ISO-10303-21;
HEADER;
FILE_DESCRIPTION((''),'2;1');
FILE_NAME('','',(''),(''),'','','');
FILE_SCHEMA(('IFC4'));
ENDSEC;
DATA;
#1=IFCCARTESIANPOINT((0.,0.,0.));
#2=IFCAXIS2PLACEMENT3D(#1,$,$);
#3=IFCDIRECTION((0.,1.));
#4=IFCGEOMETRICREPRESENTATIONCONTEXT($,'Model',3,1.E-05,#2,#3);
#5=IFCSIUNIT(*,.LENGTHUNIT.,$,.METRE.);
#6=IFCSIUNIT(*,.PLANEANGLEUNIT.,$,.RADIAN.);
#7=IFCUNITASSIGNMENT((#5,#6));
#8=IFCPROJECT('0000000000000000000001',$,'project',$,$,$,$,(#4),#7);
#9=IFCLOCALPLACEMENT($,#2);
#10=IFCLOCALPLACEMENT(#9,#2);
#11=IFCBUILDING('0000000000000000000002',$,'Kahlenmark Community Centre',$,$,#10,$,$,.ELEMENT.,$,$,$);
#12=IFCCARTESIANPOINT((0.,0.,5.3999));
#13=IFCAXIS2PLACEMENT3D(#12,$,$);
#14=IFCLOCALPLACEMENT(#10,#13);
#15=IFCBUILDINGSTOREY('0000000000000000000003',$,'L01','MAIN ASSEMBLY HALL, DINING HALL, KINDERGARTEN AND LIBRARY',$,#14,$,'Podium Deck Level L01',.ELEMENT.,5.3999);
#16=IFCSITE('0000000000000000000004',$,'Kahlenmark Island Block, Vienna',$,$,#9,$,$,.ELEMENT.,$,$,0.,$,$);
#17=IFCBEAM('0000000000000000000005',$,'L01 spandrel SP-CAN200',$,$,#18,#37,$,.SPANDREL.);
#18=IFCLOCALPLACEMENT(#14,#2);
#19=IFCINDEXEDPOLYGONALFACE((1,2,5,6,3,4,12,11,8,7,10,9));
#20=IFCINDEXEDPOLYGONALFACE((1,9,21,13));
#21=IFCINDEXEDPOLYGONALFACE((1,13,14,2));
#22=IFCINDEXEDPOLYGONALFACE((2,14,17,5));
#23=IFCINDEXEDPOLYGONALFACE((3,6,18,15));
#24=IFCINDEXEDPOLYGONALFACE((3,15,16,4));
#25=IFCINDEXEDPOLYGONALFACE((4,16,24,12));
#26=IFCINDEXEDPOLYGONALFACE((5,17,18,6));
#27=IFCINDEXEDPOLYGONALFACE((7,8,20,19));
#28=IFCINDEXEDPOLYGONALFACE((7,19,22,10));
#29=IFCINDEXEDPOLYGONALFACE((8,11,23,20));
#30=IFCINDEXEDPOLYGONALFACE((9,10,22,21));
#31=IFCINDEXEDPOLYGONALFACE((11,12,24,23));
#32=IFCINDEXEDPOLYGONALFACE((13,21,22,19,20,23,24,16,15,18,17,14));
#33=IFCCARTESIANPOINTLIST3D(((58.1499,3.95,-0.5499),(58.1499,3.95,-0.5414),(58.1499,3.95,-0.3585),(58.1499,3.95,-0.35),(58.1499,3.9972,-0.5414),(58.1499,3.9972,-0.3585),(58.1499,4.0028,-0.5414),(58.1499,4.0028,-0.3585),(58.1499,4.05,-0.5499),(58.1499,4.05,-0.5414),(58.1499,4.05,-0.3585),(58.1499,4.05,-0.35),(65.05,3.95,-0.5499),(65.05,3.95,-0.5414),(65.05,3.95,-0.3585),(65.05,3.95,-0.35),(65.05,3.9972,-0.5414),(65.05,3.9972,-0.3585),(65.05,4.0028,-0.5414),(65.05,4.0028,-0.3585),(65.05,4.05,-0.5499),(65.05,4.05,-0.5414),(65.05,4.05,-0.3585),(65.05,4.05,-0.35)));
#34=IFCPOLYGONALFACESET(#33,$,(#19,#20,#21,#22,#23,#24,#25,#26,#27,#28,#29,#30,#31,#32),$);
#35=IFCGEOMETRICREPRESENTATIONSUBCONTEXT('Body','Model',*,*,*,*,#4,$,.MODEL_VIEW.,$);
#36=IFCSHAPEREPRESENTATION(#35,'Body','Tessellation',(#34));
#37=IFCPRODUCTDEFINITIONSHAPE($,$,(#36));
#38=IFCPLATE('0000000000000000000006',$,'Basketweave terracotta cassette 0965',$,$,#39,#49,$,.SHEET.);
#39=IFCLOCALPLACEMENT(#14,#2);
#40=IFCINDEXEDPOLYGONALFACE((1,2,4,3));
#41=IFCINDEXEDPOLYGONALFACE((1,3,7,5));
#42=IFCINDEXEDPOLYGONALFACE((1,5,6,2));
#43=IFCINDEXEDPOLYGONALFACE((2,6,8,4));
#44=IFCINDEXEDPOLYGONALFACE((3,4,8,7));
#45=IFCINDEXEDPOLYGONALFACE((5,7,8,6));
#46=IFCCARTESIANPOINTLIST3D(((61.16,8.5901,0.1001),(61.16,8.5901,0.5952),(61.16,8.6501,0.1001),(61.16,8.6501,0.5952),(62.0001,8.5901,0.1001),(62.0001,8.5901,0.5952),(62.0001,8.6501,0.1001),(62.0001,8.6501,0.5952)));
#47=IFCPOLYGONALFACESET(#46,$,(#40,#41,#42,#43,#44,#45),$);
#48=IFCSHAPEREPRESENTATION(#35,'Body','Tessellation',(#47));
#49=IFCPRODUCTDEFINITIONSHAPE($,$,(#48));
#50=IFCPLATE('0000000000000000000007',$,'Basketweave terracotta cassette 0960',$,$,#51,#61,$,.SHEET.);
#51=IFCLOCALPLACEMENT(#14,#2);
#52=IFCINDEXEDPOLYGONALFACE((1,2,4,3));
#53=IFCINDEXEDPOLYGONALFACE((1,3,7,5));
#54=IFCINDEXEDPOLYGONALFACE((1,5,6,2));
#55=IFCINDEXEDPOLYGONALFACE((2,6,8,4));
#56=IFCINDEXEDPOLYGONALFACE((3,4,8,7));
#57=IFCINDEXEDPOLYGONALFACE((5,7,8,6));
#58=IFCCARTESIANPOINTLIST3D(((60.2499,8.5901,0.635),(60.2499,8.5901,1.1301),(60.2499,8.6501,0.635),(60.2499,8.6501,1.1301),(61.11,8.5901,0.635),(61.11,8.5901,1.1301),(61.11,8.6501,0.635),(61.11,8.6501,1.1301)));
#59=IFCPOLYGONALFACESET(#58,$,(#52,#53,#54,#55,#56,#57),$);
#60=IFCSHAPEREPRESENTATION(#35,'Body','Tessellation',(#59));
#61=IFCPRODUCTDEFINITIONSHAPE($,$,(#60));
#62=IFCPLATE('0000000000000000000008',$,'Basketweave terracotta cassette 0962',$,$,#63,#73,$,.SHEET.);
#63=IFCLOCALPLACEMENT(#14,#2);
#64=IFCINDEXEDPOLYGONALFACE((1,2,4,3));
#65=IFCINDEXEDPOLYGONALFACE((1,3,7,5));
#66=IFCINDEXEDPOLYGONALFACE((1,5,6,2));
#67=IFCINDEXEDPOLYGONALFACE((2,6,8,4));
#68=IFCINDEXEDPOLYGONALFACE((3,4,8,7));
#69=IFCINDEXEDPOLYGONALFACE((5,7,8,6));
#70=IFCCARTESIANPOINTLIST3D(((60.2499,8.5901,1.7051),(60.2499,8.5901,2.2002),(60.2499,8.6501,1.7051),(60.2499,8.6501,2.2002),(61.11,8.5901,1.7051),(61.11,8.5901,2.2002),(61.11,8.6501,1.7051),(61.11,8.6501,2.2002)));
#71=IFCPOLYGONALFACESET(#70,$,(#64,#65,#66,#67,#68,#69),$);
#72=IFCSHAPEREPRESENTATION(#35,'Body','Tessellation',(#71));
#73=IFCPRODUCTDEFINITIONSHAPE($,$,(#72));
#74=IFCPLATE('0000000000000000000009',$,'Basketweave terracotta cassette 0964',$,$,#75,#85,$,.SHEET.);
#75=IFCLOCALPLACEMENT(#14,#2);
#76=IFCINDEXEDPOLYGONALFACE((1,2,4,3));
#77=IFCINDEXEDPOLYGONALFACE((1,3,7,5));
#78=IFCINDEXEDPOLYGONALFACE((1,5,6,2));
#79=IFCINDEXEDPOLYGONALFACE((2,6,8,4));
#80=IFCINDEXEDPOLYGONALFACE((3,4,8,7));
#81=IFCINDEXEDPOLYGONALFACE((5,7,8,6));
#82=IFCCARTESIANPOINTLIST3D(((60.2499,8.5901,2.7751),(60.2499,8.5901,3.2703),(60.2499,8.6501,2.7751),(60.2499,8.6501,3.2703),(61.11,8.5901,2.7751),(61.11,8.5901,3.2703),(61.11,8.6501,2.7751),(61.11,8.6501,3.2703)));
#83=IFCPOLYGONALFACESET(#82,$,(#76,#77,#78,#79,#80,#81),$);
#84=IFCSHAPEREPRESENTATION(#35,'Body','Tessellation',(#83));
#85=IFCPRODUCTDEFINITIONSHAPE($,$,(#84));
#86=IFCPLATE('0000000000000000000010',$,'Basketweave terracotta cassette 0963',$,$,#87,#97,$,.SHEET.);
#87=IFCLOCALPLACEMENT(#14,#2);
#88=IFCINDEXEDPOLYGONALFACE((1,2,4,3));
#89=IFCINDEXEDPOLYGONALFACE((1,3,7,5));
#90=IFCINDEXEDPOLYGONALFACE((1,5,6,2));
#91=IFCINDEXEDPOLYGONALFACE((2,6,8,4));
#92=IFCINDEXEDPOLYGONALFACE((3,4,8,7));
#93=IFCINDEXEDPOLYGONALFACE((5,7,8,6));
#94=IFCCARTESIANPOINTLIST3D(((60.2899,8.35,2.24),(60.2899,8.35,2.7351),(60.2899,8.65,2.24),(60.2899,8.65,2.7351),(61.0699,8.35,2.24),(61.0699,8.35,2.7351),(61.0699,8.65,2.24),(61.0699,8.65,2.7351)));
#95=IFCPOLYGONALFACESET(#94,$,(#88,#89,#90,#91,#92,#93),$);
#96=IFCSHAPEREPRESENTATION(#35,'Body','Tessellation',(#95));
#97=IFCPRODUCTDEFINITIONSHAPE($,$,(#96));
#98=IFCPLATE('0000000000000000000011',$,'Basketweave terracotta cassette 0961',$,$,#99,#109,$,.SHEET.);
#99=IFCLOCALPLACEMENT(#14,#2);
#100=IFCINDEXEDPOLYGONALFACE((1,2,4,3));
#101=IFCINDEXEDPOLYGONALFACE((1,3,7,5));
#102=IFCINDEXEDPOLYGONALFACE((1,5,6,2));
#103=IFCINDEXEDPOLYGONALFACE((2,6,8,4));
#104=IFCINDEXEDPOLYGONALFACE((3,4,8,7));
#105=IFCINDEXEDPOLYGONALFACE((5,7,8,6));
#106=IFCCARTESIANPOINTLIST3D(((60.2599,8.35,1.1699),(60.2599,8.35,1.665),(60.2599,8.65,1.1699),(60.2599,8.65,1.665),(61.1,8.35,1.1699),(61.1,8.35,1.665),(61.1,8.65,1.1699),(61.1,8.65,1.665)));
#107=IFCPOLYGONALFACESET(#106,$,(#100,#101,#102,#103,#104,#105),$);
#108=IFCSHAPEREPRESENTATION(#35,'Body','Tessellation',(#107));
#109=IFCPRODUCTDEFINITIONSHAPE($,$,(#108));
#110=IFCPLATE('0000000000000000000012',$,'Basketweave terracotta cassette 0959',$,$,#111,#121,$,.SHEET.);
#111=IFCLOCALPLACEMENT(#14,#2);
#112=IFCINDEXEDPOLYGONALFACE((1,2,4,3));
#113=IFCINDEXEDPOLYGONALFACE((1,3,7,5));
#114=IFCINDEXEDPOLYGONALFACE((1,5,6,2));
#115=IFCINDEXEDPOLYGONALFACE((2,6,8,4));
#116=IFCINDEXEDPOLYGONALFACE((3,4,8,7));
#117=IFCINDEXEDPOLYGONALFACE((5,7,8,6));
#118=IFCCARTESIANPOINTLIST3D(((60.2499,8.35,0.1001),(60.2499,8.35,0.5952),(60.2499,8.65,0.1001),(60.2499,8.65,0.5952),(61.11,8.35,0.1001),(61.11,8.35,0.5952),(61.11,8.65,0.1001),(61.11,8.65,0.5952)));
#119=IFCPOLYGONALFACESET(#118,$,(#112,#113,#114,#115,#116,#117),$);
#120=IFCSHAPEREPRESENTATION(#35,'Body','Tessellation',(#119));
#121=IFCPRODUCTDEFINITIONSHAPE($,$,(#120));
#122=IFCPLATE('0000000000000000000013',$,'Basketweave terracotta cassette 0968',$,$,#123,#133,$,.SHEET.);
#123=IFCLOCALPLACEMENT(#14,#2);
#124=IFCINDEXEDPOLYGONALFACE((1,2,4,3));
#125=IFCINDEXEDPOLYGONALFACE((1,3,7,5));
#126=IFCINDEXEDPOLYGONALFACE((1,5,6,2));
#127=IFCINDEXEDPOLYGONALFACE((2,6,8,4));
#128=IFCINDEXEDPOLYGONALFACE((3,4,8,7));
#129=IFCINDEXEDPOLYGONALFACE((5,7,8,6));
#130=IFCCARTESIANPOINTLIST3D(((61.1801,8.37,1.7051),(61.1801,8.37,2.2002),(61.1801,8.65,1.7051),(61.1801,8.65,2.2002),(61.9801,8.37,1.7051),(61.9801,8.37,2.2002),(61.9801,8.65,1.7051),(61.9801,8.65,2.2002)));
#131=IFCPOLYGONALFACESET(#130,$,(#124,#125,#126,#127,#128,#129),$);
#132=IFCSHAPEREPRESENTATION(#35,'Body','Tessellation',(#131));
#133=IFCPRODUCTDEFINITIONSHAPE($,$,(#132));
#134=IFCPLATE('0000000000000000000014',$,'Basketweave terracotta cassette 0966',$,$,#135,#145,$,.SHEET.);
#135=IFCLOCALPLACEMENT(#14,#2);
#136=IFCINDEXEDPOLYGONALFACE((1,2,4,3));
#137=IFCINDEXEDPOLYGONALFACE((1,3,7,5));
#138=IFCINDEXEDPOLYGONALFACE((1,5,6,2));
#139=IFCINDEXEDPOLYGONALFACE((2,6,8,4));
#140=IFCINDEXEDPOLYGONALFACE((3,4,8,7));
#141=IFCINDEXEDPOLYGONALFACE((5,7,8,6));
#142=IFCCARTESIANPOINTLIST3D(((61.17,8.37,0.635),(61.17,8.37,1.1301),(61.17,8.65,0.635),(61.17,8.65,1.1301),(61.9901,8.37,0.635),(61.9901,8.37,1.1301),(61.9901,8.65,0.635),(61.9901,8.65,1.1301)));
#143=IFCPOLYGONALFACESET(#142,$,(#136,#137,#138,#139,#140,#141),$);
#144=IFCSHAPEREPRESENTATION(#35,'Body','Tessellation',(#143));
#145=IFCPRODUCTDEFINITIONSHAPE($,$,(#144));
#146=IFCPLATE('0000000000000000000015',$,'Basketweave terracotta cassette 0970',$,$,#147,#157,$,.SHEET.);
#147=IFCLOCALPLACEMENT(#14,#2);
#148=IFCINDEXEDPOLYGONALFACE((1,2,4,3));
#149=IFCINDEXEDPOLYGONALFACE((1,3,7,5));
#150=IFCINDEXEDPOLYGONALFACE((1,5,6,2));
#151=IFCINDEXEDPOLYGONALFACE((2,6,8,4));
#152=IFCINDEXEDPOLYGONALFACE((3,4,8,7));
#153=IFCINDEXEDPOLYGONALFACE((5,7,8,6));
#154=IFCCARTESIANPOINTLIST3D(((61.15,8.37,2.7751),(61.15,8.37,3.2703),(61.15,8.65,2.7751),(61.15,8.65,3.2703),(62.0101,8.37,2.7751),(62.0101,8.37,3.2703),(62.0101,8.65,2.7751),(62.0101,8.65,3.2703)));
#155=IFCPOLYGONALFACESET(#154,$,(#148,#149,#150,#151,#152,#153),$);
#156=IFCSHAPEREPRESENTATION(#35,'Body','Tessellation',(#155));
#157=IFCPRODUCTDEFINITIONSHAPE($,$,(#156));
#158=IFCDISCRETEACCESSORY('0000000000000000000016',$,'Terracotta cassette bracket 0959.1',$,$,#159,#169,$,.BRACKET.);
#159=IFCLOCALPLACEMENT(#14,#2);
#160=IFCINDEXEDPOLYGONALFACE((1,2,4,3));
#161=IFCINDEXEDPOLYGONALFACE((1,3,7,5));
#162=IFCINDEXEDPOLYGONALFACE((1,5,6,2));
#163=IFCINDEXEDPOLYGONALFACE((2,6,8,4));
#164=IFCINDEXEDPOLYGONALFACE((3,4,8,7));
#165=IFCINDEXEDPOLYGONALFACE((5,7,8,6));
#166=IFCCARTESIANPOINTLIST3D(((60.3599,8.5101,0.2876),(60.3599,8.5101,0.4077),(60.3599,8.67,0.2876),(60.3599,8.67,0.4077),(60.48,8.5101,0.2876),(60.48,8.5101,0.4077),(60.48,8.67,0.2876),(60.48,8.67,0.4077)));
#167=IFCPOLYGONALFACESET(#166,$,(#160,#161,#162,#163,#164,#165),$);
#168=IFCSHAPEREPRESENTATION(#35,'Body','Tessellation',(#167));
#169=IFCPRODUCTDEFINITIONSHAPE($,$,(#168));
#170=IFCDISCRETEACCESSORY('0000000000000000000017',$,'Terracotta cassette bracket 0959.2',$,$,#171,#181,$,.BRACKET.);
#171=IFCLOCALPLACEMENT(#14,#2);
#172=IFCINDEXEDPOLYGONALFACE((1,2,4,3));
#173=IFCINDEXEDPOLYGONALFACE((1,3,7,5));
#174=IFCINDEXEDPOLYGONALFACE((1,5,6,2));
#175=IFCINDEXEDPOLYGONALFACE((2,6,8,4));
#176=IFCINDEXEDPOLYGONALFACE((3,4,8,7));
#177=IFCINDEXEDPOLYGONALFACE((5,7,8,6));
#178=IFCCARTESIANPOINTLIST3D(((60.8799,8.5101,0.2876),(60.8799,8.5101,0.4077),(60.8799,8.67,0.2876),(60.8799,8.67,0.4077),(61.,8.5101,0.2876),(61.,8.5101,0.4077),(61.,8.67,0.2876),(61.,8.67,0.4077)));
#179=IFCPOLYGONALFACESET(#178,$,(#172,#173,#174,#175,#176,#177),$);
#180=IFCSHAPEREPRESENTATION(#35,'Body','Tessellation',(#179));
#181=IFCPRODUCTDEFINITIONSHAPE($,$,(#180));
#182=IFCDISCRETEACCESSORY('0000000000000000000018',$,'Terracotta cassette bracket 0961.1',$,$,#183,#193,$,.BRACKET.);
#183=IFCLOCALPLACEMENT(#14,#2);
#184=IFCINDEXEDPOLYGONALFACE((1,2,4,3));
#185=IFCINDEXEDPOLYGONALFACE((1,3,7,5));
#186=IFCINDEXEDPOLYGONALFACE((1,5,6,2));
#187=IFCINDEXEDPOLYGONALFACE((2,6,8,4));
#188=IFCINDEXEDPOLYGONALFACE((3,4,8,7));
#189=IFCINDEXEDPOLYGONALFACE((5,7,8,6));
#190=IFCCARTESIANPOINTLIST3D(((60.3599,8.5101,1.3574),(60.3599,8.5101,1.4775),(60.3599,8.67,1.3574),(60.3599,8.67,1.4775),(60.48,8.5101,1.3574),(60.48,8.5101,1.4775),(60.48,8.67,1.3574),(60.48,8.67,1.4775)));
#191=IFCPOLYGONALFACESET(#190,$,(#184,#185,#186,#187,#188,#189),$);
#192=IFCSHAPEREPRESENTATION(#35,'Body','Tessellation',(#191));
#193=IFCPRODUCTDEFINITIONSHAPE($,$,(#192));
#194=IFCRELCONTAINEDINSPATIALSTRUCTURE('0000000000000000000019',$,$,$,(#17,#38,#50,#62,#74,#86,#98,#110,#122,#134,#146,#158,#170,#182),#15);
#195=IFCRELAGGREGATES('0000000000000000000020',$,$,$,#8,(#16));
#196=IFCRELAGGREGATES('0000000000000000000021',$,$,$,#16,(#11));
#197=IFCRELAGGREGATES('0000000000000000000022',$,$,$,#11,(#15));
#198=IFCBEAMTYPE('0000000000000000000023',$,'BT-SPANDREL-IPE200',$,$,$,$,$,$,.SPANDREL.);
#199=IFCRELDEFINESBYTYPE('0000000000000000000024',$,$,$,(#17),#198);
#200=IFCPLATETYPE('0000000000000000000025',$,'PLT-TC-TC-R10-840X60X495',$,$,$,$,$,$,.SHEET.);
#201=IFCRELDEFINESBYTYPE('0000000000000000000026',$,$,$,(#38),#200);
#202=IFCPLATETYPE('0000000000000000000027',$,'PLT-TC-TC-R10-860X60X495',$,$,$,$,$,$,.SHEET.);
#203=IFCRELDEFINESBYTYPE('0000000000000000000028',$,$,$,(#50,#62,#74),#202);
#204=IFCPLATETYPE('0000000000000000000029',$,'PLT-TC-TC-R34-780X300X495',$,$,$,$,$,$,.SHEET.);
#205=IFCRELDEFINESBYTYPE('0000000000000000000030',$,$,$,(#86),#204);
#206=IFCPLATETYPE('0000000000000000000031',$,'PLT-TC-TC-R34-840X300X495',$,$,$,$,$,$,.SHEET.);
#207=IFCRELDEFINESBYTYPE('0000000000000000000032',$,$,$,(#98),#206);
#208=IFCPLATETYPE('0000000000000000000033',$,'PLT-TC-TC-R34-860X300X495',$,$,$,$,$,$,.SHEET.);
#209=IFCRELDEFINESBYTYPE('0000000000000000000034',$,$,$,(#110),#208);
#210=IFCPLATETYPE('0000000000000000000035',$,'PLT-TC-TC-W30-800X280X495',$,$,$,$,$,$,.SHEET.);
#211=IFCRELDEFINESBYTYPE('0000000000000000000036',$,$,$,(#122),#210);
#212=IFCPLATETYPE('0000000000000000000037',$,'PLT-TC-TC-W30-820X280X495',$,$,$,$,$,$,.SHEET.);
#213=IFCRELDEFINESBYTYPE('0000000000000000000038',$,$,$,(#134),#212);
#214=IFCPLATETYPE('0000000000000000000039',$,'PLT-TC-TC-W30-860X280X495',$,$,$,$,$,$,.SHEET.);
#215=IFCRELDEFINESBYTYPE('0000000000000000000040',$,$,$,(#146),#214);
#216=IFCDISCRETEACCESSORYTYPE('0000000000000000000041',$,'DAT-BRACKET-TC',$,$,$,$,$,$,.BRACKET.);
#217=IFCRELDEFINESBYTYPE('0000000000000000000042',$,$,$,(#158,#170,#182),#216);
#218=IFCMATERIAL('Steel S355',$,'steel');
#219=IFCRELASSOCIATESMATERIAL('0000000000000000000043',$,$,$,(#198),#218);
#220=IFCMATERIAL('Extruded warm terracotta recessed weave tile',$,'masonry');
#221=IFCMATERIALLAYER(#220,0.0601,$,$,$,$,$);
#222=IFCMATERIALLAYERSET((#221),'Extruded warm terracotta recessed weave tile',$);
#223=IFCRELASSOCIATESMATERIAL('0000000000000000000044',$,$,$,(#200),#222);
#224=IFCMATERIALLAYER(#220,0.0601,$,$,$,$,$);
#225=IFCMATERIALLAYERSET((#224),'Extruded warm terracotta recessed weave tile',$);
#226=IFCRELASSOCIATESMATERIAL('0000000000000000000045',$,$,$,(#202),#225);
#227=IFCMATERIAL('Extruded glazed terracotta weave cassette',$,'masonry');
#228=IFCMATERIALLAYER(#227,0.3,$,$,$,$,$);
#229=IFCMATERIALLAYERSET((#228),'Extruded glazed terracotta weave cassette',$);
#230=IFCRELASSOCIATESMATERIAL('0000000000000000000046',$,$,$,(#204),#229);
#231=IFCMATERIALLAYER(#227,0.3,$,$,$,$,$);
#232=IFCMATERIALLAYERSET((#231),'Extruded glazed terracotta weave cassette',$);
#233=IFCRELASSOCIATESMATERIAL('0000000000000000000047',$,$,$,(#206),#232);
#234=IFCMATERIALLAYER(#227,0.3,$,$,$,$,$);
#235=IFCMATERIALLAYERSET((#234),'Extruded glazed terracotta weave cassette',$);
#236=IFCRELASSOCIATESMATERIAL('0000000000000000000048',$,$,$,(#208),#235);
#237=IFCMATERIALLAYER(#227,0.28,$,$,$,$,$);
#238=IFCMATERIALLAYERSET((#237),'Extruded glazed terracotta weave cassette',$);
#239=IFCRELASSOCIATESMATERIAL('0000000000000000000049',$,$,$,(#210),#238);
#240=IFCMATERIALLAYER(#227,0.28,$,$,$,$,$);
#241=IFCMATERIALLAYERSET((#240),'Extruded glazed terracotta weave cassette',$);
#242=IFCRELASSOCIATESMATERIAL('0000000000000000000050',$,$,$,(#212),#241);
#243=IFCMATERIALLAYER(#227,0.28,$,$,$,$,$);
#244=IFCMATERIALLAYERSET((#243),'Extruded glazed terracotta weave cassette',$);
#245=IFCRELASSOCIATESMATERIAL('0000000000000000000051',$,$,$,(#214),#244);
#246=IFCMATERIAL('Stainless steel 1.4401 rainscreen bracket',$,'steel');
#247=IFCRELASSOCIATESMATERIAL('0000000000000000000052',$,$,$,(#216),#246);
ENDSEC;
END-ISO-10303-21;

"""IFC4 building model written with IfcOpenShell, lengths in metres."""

from ifc_helpers import new_model, si_unit, direction, frame, origin, origin_2d, place, context, subcontext, project, spatial, rectangle, i_section, extrude, material, layer, layer_set, material_profile, profile_set, type_object, element, save


model = new_model("IFC4")

# Units and contexts
model_context = context("Model", 3, precision=1e-05, world=origin(), true_north=direction((0.0, 1.0)))
body_context = subcontext(model_context, "Body", "Model", "MODEL_VIEW")
ifc_project = project(units=[si_unit("LENGTHUNIT", "METRE"), si_unit("PLANEANGLEUNIT", "RADIAN")], contexts=[model_context])

# Site, building, storey
site_placement = place(None, origin())
site = spatial("IfcSite", under=ifc_project, at=site_placement, Name="Kahlenmark Island Block, Vienna", CompositionType="ELEMENT", RefElevation=0.0)
building_placement = place(site_placement, origin())
building = spatial("IfcBuilding", under=site, at=building_placement, Name="Kahlenmark Community Centre", CompositionType="ELEMENT")
storey_placement = place(building_placement, frame((0.0, 0.0, 5.3999)))
storey = spatial("IfcBuildingStorey", under=building, at=storey_placement, Name="L01", Description="MAIN ASSEMBLY HALL, DINING HALL, KINDERGARTEN AND LIBRARY", LongName="Podium Deck Level L01", CompositionType="ELEMENT", Elevation=5.3999)

# Beam
ifc_material_1 = material(Name="Steel S355", Category="steel")
ifc_material_profile = material_profile(ifc_material_1, i_section(OverallWidth=0.1001, OverallDepth=0.2, WebThickness=0.0056, FlangeThickness=0.0085, at=origin_2d()), Name="IPE 200")
ifc_profile_set = profile_set([ifc_material_profile], Name="Steel S355")
beam_type = type_object("IfcBeamType", Name="BT-SPANDREL-IPE200", PredefinedType="SPANDREL", material=ifc_profile_set)
beam_placement = place(storey_placement, frame((58.1499, 4.0, -0.45), z_axis=(1.0, 0.0, 0.0), x_axis=(0.0, 1.0, 0.0)))
element("IfcBeam", 1, at=beam_placement, inside=storey, type_object=beam_type, Name="L01 spandrel SP-CAN200", PredefinedType="SPANDREL", context=body_context, shape_type="SweptSolid", body=[
    extrude(i_section(OverallWidth=0.1001, OverallDepth=0.2, WebThickness=0.0056, FlangeThickness=0.0085, at=origin_2d()), origin(), (0.0, 0.0, 1.0), 6.9001),
])

# Plates
ifc_material_2 = material(Name="Extruded warm terracotta recessed weave tile", Category="masonry")
ifc_layer_1 = layer(ifc_material_2, 0.0601)
ifc_layer_set_1 = layer_set([ifc_layer_1], Name="Extruded warm terracotta recessed weave tile")
plate_type_1 = type_object("IfcPlateType", Name="PLT-TC-TC-R10-840X60X495", PredefinedType="SHEET", material=ifc_layer_set_1)
plate_1_placement = place(storey_placement, frame((61.5801, 8.6201, 0.1001), z_axis=(0.0, 0.0, 1.0), x_axis=(1.0, 0.0, 0.0)))
element("IfcPlate", 2, at=plate_1_placement, inside=storey, type_object=plate_type_1, Name="Basketweave terracotta cassette 0965", PredefinedType="SHEET", context=body_context, shape_type="SweptSolid", body=[
    extrude(rectangle(XDim=0.8401, YDim=0.0601, at=origin_2d()), origin(), (0.0, 0.0, 1.0), 0.4951),
])
ifc_layer_2 = layer(ifc_material_2, 0.0601)
ifc_layer_set_2 = layer_set([ifc_layer_2], Name="Extruded warm terracotta recessed weave tile")
plate_type_2 = type_object("IfcPlateType", Name="PLT-TC-TC-R10-860X60X495", PredefinedType="SHEET", material=ifc_layer_set_2)
for number, where, z_axis, x_axis, name in (
    (3, (60.6799, 8.6201, 0.635), (0.0, 0.0, 1.0), (1.0, 0.0, 0.0), "Basketweave terracotta cassette 0960"),
    (4, (60.6799, 8.6201, 1.7051), (0.0, 0.0, 1.0), (1.0, 0.0, 0.0), "Basketweave terracotta cassette 0962"),
    (5, (60.6799, 8.6201, 2.7751), (0.0, 0.0, 1.0), (1.0, 0.0, 0.0), "Basketweave terracotta cassette 0964"),
):
    element("IfcPlate", number, at=place(storey_placement, frame(where, z_axis=z_axis, x_axis=x_axis)), inside=storey, type_object=plate_type_2, Name=name, PredefinedType="SHEET", context=body_context, shape_type="SweptSolid", body=[
        extrude(rectangle(XDim=0.8601, YDim=0.0601, at=origin_2d()), origin(), (0.0, 0.0, 1.0), 0.4951),
    ])
ifc_material_3 = material(Name="Extruded glazed terracotta weave cassette", Category="masonry")
ifc_layer_3 = layer(ifc_material_3, 0.3)
ifc_layer_set_3 = layer_set([ifc_layer_3], Name="Extruded glazed terracotta weave cassette")
plate_type_3 = type_object("IfcPlateType", Name="PLT-TC-TC-R34-780X300X495", PredefinedType="SHEET", material=ifc_layer_set_3)
plate_2_placement = place(storey_placement, frame((60.6799, 8.5, 2.24), z_axis=(0.0, 0.0, 1.0), x_axis=(1.0, 0.0, 0.0)))
element("IfcPlate", 6, at=plate_2_placement, inside=storey, type_object=plate_type_3, Name="Basketweave terracotta cassette 0963", PredefinedType="SHEET", context=body_context, shape_type="SweptSolid", body=[
    extrude(rectangle(XDim=0.78, YDim=0.3, at=origin_2d()), origin(), (0.0, 0.0, 1.0), 0.4951),
])
ifc_layer_4 = layer(ifc_material_3, 0.3)
ifc_layer_set_4 = layer_set([ifc_layer_4], Name="Extruded glazed terracotta weave cassette")
plate_type_4 = type_object("IfcPlateType", Name="PLT-TC-TC-R34-840X300X495", PredefinedType="SHEET", material=ifc_layer_set_4)
plate_3_placement = place(storey_placement, frame((60.6799, 8.5, 1.1699), z_axis=(0.0, 0.0, 1.0), x_axis=(1.0, 0.0, 0.0)))
element("IfcPlate", 7, at=plate_3_placement, inside=storey, type_object=plate_type_4, Name="Basketweave terracotta cassette 0961", PredefinedType="SHEET", context=body_context, shape_type="SweptSolid", body=[
    extrude(rectangle(XDim=0.8401, YDim=0.3, at=origin_2d()), origin(), (0.0, 0.0, 1.0), 0.4951),
])
ifc_layer_5 = layer(ifc_material_3, 0.3)
ifc_layer_set_5 = layer_set([ifc_layer_5], Name="Extruded glazed terracotta weave cassette")
plate_type_5 = type_object("IfcPlateType", Name="PLT-TC-TC-R34-860X300X495", PredefinedType="SHEET", material=ifc_layer_set_5)
plate_4_placement = place(storey_placement, frame((60.6799, 8.5, 0.1001), z_axis=(0.0, 0.0, 1.0), x_axis=(1.0, 0.0, 0.0)))
element("IfcPlate", 8, at=plate_4_placement, inside=storey, type_object=plate_type_5, Name="Basketweave terracotta cassette 0959", PredefinedType="SHEET", context=body_context, shape_type="SweptSolid", body=[
    extrude(rectangle(XDim=0.8601, YDim=0.3, at=origin_2d()), origin(), (0.0, 0.0, 1.0), 0.4951),
])
ifc_layer_6 = layer(ifc_material_3, 0.28)
ifc_layer_set_6 = layer_set([ifc_layer_6], Name="Extruded glazed terracotta weave cassette")
plate_type_6 = type_object("IfcPlateType", Name="PLT-TC-TC-W30-800X280X495", PredefinedType="SHEET", material=ifc_layer_set_6)
plate_5_placement = place(storey_placement, frame((61.5801, 8.51, 1.7051), z_axis=(0.0, 0.0, 1.0), x_axis=(1.0, 0.0, 0.0)))
element("IfcPlate", 9, at=plate_5_placement, inside=storey, type_object=plate_type_6, Name="Basketweave terracotta cassette 0968", PredefinedType="SHEET", context=body_context, shape_type="SweptSolid", body=[
    extrude(rectangle(XDim=0.8, YDim=0.28, at=origin_2d()), origin(), (0.0, 0.0, 1.0), 0.4951),
])
ifc_layer_7 = layer(ifc_material_3, 0.28)
ifc_layer_set_7 = layer_set([ifc_layer_7], Name="Extruded glazed terracotta weave cassette")
plate_type_7 = type_object("IfcPlateType", Name="PLT-TC-TC-W30-820X280X495", PredefinedType="SHEET", material=ifc_layer_set_7)
plate_6_placement = place(storey_placement, frame((61.5801, 8.51, 0.635), z_axis=(0.0, 0.0, 1.0), x_axis=(1.0, 0.0, 0.0)))
element("IfcPlate", 10, at=plate_6_placement, inside=storey, type_object=plate_type_7, Name="Basketweave terracotta cassette 0966", PredefinedType="SHEET", context=body_context, shape_type="SweptSolid", body=[
    extrude(rectangle(XDim=0.8201, YDim=0.28, at=origin_2d()), origin(), (0.0, 0.0, 1.0), 0.4951),
])
ifc_layer_8 = layer(ifc_material_3, 0.28)
ifc_layer_set_8 = layer_set([ifc_layer_8], Name="Extruded glazed terracotta weave cassette")
plate_type_8 = type_object("IfcPlateType", Name="PLT-TC-TC-W30-860X280X495", PredefinedType="SHEET", material=ifc_layer_set_8)
plate_7_placement = place(storey_placement, frame((61.5801, 8.51, 2.7751), z_axis=(0.0, 0.0, 1.0), x_axis=(1.0, 0.0, 0.0)))
element("IfcPlate", 11, at=plate_7_placement, inside=storey, type_object=plate_type_8, Name="Basketweave terracotta cassette 0970", PredefinedType="SHEET", context=body_context, shape_type="SweptSolid", body=[
    extrude(rectangle(XDim=0.8601, YDim=0.28, at=origin_2d()), origin(), (0.0, 0.0, 1.0), 0.4951),
])

# Discrete accessories
ifc_material_4 = material(Name="Stainless steel 1.4401 rainscreen bracket", Category="steel")
discrete_accessory_type = type_object("IfcDiscreteAccessoryType", Name="DAT-BRACKET-TC", PredefinedType="BRACKET", material=ifc_material_4)
for number, where, z_axis, x_axis, name in (
    (12, (60.4199, 8.5901, 0.2876), (0.0, 0.0, 1.0), (1.0, 0.0, 0.0), "Terracotta cassette bracket 0959.1"),
    (13, (60.9399, 8.5901, 0.2876), (0.0, 0.0, 1.0), (1.0, 0.0, 0.0), "Terracotta cassette bracket 0959.2"),
    (14, (60.4199, 8.5901, 1.3574), (0.0, 0.0, 1.0), (1.0, 0.0, 0.0), "Terracotta cassette bracket 0961.1"),
):
    element("IfcDiscreteAccessory", number, at=place(storey_placement, frame(where, z_axis=z_axis, x_axis=x_axis)), inside=storey, type_object=discrete_accessory_type, Name=name, PredefinedType="BRACKET", context=body_context, shape_type="SweptSolid", body=[
        extrude(rectangle(XDim=0.1201, YDim=0.1599, at=origin_2d()), origin(), (0.0, 0.0, 1.0), 0.1201),
    ])

save(model, "model.ifc")
